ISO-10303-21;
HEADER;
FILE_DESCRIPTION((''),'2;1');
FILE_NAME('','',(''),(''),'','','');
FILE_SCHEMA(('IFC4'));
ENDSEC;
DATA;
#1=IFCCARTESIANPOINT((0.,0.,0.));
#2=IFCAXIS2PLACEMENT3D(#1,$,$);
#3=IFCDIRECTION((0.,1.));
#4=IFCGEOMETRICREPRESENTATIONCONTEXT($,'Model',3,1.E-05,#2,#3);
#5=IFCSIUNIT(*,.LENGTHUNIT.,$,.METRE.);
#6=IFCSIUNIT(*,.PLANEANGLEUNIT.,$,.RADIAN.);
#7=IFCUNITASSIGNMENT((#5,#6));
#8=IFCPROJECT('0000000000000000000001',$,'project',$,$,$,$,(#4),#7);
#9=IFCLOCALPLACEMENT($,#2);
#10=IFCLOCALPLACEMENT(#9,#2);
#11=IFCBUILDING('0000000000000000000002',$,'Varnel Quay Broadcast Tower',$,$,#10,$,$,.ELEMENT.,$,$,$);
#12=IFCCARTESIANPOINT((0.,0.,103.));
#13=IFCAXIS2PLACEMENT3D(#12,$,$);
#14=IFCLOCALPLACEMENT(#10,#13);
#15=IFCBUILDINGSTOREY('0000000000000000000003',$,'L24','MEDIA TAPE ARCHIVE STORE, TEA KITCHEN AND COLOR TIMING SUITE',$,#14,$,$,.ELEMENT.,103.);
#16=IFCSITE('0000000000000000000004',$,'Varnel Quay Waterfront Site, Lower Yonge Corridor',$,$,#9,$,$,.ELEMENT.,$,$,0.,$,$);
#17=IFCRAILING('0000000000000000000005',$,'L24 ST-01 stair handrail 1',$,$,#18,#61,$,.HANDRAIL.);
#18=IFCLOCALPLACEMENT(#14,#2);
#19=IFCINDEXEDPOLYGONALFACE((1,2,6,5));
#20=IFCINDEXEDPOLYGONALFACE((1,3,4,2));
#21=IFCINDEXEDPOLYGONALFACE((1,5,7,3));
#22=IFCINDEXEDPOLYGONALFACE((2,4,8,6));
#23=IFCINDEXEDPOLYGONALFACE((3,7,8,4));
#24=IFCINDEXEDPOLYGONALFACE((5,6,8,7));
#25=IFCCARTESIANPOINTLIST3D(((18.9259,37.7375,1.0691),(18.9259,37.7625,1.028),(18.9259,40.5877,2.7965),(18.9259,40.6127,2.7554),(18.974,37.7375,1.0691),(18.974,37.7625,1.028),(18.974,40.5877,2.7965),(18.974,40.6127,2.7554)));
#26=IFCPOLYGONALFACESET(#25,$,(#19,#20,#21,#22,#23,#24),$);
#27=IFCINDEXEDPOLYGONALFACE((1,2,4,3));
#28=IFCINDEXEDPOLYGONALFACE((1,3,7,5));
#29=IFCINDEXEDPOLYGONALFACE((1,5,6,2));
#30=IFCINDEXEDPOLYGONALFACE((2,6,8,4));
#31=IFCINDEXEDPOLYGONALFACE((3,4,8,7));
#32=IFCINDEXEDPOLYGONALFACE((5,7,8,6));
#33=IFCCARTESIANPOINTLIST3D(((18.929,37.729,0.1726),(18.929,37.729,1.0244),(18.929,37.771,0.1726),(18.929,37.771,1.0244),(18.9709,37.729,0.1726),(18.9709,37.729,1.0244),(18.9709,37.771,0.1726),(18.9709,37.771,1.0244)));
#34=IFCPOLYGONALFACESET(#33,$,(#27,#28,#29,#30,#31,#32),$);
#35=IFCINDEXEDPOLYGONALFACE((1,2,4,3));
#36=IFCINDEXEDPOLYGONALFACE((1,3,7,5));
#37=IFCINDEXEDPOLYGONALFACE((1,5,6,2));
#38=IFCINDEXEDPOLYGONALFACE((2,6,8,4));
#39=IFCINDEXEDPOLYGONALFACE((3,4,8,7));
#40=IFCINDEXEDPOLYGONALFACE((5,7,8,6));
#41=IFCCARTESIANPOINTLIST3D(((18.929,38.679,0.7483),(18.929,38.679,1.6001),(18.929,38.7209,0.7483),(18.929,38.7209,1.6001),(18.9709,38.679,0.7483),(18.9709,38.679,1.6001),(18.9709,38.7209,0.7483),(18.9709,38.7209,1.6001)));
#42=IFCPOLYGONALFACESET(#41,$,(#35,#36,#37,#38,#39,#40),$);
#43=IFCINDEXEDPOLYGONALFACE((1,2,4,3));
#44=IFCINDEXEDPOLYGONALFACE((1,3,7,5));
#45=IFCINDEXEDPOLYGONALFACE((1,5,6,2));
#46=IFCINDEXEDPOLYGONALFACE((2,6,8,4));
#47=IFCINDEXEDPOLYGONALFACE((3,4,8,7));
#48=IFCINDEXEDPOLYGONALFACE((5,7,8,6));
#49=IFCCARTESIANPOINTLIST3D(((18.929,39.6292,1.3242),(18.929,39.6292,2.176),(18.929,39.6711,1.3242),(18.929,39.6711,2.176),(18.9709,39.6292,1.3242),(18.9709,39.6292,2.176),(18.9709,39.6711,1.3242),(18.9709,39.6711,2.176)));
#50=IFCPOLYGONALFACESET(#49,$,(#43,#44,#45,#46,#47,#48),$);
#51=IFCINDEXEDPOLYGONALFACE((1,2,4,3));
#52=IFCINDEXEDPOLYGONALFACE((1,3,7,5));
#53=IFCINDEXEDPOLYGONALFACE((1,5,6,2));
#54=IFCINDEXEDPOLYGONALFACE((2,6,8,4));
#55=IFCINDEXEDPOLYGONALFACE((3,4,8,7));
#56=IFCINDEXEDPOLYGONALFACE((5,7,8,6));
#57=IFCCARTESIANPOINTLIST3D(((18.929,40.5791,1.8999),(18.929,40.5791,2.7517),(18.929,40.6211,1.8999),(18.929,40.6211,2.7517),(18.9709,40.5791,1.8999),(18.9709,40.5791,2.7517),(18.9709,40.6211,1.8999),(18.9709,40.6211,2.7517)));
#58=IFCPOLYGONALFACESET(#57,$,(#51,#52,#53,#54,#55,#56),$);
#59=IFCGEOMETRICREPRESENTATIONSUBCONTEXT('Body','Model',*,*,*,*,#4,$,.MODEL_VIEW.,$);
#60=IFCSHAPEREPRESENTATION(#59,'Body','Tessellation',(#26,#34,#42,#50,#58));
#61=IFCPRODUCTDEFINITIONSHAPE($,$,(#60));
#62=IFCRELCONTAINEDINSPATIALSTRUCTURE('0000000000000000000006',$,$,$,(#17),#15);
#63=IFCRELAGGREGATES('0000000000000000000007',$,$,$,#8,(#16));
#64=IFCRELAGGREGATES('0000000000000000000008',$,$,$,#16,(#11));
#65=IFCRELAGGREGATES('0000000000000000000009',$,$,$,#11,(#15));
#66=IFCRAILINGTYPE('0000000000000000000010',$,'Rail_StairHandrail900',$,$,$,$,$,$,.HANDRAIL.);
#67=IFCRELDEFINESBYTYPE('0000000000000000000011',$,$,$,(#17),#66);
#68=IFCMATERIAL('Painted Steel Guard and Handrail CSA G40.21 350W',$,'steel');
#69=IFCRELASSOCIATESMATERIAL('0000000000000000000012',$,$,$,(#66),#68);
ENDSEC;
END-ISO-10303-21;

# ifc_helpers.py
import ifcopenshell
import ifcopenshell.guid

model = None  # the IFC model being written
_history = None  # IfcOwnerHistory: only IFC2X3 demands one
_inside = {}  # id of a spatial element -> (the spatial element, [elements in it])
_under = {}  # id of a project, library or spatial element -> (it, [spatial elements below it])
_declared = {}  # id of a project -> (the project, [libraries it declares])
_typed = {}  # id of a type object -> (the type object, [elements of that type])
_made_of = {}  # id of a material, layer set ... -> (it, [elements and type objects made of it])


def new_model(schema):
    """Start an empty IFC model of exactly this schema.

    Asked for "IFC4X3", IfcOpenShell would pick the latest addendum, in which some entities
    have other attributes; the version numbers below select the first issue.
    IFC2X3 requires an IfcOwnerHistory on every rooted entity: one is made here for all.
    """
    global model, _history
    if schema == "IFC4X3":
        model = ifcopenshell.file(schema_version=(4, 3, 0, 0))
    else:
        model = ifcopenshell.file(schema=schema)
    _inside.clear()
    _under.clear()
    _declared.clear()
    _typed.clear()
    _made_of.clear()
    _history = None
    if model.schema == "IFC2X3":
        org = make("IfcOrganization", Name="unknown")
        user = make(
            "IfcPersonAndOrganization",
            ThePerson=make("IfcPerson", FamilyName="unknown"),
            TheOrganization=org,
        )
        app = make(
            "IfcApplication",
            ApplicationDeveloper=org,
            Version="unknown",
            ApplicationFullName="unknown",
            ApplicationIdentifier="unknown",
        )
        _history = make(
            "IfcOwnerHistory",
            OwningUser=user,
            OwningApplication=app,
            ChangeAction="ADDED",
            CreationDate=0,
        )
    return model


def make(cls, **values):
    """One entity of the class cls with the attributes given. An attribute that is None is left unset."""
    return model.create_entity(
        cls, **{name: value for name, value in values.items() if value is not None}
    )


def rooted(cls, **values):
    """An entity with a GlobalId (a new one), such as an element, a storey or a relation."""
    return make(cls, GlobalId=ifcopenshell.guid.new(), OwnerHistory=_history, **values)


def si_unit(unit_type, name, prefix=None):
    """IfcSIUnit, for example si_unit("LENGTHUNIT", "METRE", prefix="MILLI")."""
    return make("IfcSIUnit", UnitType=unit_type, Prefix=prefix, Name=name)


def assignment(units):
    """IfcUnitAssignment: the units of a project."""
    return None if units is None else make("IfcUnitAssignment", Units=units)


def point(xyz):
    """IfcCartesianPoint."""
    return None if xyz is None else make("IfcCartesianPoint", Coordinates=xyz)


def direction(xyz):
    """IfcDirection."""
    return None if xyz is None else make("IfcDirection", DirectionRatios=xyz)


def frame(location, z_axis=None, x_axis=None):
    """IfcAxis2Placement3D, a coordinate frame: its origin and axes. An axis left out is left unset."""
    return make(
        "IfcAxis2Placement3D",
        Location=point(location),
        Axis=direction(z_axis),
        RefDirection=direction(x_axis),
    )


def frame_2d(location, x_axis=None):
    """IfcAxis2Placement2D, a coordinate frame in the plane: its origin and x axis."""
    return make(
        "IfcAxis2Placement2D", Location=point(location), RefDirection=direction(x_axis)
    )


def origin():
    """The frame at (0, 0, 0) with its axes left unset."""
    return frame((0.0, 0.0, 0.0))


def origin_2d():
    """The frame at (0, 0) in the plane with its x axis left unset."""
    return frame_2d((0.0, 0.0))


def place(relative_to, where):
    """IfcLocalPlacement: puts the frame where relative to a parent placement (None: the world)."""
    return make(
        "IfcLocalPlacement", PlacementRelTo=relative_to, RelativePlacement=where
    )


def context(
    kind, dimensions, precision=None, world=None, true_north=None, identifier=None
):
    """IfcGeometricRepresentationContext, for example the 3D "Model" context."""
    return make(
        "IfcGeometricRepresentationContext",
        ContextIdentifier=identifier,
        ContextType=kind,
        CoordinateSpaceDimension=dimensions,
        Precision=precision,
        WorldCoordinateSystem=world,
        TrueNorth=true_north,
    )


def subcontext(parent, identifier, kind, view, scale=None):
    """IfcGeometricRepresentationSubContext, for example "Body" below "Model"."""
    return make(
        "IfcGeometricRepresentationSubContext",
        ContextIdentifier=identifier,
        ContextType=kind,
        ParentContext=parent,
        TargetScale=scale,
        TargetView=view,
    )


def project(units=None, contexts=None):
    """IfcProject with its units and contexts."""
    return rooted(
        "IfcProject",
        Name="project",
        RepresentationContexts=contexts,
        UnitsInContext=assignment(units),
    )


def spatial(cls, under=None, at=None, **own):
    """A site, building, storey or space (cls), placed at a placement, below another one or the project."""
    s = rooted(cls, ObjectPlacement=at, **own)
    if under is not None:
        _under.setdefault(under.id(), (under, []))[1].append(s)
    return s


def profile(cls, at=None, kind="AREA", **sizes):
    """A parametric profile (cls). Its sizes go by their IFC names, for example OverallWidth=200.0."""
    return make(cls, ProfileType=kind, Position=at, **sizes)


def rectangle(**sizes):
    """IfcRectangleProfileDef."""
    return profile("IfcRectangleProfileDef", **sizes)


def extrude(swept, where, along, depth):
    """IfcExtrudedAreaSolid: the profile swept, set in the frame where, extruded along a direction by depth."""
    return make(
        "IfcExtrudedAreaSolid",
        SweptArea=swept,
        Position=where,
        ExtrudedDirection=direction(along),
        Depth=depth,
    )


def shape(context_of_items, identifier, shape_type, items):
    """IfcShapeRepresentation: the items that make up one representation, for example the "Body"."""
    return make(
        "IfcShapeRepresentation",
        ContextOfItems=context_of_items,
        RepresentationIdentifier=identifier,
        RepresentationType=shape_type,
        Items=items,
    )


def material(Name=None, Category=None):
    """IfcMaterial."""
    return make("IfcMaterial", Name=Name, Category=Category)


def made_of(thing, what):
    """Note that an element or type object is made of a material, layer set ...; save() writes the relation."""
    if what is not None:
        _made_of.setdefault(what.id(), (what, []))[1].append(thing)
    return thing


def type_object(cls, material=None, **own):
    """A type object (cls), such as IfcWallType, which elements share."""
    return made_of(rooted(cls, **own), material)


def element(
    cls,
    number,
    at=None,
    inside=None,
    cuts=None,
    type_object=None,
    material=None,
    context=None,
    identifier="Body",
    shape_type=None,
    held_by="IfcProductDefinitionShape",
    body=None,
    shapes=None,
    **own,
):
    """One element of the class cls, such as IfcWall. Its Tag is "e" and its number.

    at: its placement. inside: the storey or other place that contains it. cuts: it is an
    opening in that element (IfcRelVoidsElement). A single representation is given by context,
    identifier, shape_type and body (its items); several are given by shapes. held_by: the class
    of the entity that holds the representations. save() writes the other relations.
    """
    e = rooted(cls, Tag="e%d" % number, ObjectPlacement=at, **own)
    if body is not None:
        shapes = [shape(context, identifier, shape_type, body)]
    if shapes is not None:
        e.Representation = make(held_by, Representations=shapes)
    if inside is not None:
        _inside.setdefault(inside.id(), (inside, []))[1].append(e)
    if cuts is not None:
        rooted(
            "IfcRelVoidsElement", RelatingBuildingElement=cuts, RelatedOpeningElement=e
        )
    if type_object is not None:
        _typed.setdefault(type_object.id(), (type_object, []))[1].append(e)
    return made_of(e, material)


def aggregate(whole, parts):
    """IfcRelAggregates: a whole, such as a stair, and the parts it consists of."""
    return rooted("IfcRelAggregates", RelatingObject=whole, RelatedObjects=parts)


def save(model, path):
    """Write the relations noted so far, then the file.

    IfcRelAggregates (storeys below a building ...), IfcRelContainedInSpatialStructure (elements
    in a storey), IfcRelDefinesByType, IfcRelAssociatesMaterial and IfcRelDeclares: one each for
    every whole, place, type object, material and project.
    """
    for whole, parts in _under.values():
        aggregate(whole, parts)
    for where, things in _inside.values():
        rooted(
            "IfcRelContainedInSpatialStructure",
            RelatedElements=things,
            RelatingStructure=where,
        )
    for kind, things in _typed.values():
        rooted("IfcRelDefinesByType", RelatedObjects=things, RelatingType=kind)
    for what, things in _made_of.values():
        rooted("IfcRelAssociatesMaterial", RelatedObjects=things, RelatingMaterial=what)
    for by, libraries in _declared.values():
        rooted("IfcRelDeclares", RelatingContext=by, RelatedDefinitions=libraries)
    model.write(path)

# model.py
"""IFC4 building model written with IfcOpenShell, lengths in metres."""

from ifc_helpers import new_model, si_unit, direction, frame, origin, origin_2d, place, context, subcontext, project, spatial, rectangle, extrude, material, type_object, element, save


model = new_model("IFC4")

# Units and contexts
model_context = context("Model", 3, precision=1e-05, world=origin(), true_north=direction((0.0, 1.0)))
body_context = subcontext(model_context, "Body", "Model", "MODEL_VIEW")
ifc_project = project(units=[si_unit("LENGTHUNIT", "METRE"), si_unit("PLANEANGLEUNIT", "RADIAN")], contexts=[model_context])

# Site, building, storey
site_placement = place(None, origin())
site = spatial("IfcSite", under=ifc_project, at=site_placement, Name="Varnel Quay Waterfront Site, Lower Yonge Corridor", CompositionType="ELEMENT", RefElevation=0.0)
building_placement = place(site_placement, origin())
building = spatial("IfcBuilding", under=site, at=building_placement, Name="Varnel Quay Broadcast Tower", CompositionType="ELEMENT")
storey_placement = place(building_placement, frame((0.0, 0.0, 103.0)))
storey = spatial("IfcBuildingStorey", under=building, at=storey_placement, Name="L24", Description="MEDIA TAPE ARCHIVE STORE, TEA KITCHEN AND COLOR TIMING SUITE", CompositionType="ELEMENT", Elevation=103.0)

# Railing
ifc_material_1 = material(Name="Painted Steel Guard and Handrail CSA G40.21 350W", Category="steel")
railing_type_1 = type_object("IfcRailingType", Name="Rail_StairHandrail900", PredefinedType="HANDRAIL", material=ifc_material_1)
railing_1_placement = place(storey_placement, frame((18.95, 37.75, 0.1726)))
element("IfcRailing", 1, at=railing_1_placement, inside=storey, type_object=railing_type_1, Name="L24 ST-01 stair handrail 1", PredefinedType="HANDRAIL", context=body_context, shape_type="SweptSolid", body=[
    extrude(rectangle(XDim=0.0481, YDim=0.0481, at=origin_2d()), frame((0.0, 0.0, 0.876), z_axis=(0.0, 0.855203, 0.518294), x_axis=(-1.0, 0.0, 0.0)), (0.0, 0.0, 1.0), 3.3328),
    extrude(rectangle(XDim=0.042, YDim=0.042, at=origin_2d()), origin(), (0.0, 0.0, 1.0), 0.8518),
    extrude(rectangle(XDim=0.042, YDim=0.042, at=origin_2d()), frame((0.0, 0.95, 0.5757)), (0.0, 0.0, 1.0), 0.8518),
    extrude(rectangle(XDim=0.042, YDim=0.042, at=origin_2d()), frame((0.0, 1.9001, 1.1516)), (0.0, 0.0, 1.0), 0.8518),
    extrude(rectangle(XDim=0.042, YDim=0.042, at=origin_2d()), frame((0.0, 2.8501, 1.7273)), (0.0, 0.0, 1.0), 0.8518),
])

save(model, "model.ifc")
